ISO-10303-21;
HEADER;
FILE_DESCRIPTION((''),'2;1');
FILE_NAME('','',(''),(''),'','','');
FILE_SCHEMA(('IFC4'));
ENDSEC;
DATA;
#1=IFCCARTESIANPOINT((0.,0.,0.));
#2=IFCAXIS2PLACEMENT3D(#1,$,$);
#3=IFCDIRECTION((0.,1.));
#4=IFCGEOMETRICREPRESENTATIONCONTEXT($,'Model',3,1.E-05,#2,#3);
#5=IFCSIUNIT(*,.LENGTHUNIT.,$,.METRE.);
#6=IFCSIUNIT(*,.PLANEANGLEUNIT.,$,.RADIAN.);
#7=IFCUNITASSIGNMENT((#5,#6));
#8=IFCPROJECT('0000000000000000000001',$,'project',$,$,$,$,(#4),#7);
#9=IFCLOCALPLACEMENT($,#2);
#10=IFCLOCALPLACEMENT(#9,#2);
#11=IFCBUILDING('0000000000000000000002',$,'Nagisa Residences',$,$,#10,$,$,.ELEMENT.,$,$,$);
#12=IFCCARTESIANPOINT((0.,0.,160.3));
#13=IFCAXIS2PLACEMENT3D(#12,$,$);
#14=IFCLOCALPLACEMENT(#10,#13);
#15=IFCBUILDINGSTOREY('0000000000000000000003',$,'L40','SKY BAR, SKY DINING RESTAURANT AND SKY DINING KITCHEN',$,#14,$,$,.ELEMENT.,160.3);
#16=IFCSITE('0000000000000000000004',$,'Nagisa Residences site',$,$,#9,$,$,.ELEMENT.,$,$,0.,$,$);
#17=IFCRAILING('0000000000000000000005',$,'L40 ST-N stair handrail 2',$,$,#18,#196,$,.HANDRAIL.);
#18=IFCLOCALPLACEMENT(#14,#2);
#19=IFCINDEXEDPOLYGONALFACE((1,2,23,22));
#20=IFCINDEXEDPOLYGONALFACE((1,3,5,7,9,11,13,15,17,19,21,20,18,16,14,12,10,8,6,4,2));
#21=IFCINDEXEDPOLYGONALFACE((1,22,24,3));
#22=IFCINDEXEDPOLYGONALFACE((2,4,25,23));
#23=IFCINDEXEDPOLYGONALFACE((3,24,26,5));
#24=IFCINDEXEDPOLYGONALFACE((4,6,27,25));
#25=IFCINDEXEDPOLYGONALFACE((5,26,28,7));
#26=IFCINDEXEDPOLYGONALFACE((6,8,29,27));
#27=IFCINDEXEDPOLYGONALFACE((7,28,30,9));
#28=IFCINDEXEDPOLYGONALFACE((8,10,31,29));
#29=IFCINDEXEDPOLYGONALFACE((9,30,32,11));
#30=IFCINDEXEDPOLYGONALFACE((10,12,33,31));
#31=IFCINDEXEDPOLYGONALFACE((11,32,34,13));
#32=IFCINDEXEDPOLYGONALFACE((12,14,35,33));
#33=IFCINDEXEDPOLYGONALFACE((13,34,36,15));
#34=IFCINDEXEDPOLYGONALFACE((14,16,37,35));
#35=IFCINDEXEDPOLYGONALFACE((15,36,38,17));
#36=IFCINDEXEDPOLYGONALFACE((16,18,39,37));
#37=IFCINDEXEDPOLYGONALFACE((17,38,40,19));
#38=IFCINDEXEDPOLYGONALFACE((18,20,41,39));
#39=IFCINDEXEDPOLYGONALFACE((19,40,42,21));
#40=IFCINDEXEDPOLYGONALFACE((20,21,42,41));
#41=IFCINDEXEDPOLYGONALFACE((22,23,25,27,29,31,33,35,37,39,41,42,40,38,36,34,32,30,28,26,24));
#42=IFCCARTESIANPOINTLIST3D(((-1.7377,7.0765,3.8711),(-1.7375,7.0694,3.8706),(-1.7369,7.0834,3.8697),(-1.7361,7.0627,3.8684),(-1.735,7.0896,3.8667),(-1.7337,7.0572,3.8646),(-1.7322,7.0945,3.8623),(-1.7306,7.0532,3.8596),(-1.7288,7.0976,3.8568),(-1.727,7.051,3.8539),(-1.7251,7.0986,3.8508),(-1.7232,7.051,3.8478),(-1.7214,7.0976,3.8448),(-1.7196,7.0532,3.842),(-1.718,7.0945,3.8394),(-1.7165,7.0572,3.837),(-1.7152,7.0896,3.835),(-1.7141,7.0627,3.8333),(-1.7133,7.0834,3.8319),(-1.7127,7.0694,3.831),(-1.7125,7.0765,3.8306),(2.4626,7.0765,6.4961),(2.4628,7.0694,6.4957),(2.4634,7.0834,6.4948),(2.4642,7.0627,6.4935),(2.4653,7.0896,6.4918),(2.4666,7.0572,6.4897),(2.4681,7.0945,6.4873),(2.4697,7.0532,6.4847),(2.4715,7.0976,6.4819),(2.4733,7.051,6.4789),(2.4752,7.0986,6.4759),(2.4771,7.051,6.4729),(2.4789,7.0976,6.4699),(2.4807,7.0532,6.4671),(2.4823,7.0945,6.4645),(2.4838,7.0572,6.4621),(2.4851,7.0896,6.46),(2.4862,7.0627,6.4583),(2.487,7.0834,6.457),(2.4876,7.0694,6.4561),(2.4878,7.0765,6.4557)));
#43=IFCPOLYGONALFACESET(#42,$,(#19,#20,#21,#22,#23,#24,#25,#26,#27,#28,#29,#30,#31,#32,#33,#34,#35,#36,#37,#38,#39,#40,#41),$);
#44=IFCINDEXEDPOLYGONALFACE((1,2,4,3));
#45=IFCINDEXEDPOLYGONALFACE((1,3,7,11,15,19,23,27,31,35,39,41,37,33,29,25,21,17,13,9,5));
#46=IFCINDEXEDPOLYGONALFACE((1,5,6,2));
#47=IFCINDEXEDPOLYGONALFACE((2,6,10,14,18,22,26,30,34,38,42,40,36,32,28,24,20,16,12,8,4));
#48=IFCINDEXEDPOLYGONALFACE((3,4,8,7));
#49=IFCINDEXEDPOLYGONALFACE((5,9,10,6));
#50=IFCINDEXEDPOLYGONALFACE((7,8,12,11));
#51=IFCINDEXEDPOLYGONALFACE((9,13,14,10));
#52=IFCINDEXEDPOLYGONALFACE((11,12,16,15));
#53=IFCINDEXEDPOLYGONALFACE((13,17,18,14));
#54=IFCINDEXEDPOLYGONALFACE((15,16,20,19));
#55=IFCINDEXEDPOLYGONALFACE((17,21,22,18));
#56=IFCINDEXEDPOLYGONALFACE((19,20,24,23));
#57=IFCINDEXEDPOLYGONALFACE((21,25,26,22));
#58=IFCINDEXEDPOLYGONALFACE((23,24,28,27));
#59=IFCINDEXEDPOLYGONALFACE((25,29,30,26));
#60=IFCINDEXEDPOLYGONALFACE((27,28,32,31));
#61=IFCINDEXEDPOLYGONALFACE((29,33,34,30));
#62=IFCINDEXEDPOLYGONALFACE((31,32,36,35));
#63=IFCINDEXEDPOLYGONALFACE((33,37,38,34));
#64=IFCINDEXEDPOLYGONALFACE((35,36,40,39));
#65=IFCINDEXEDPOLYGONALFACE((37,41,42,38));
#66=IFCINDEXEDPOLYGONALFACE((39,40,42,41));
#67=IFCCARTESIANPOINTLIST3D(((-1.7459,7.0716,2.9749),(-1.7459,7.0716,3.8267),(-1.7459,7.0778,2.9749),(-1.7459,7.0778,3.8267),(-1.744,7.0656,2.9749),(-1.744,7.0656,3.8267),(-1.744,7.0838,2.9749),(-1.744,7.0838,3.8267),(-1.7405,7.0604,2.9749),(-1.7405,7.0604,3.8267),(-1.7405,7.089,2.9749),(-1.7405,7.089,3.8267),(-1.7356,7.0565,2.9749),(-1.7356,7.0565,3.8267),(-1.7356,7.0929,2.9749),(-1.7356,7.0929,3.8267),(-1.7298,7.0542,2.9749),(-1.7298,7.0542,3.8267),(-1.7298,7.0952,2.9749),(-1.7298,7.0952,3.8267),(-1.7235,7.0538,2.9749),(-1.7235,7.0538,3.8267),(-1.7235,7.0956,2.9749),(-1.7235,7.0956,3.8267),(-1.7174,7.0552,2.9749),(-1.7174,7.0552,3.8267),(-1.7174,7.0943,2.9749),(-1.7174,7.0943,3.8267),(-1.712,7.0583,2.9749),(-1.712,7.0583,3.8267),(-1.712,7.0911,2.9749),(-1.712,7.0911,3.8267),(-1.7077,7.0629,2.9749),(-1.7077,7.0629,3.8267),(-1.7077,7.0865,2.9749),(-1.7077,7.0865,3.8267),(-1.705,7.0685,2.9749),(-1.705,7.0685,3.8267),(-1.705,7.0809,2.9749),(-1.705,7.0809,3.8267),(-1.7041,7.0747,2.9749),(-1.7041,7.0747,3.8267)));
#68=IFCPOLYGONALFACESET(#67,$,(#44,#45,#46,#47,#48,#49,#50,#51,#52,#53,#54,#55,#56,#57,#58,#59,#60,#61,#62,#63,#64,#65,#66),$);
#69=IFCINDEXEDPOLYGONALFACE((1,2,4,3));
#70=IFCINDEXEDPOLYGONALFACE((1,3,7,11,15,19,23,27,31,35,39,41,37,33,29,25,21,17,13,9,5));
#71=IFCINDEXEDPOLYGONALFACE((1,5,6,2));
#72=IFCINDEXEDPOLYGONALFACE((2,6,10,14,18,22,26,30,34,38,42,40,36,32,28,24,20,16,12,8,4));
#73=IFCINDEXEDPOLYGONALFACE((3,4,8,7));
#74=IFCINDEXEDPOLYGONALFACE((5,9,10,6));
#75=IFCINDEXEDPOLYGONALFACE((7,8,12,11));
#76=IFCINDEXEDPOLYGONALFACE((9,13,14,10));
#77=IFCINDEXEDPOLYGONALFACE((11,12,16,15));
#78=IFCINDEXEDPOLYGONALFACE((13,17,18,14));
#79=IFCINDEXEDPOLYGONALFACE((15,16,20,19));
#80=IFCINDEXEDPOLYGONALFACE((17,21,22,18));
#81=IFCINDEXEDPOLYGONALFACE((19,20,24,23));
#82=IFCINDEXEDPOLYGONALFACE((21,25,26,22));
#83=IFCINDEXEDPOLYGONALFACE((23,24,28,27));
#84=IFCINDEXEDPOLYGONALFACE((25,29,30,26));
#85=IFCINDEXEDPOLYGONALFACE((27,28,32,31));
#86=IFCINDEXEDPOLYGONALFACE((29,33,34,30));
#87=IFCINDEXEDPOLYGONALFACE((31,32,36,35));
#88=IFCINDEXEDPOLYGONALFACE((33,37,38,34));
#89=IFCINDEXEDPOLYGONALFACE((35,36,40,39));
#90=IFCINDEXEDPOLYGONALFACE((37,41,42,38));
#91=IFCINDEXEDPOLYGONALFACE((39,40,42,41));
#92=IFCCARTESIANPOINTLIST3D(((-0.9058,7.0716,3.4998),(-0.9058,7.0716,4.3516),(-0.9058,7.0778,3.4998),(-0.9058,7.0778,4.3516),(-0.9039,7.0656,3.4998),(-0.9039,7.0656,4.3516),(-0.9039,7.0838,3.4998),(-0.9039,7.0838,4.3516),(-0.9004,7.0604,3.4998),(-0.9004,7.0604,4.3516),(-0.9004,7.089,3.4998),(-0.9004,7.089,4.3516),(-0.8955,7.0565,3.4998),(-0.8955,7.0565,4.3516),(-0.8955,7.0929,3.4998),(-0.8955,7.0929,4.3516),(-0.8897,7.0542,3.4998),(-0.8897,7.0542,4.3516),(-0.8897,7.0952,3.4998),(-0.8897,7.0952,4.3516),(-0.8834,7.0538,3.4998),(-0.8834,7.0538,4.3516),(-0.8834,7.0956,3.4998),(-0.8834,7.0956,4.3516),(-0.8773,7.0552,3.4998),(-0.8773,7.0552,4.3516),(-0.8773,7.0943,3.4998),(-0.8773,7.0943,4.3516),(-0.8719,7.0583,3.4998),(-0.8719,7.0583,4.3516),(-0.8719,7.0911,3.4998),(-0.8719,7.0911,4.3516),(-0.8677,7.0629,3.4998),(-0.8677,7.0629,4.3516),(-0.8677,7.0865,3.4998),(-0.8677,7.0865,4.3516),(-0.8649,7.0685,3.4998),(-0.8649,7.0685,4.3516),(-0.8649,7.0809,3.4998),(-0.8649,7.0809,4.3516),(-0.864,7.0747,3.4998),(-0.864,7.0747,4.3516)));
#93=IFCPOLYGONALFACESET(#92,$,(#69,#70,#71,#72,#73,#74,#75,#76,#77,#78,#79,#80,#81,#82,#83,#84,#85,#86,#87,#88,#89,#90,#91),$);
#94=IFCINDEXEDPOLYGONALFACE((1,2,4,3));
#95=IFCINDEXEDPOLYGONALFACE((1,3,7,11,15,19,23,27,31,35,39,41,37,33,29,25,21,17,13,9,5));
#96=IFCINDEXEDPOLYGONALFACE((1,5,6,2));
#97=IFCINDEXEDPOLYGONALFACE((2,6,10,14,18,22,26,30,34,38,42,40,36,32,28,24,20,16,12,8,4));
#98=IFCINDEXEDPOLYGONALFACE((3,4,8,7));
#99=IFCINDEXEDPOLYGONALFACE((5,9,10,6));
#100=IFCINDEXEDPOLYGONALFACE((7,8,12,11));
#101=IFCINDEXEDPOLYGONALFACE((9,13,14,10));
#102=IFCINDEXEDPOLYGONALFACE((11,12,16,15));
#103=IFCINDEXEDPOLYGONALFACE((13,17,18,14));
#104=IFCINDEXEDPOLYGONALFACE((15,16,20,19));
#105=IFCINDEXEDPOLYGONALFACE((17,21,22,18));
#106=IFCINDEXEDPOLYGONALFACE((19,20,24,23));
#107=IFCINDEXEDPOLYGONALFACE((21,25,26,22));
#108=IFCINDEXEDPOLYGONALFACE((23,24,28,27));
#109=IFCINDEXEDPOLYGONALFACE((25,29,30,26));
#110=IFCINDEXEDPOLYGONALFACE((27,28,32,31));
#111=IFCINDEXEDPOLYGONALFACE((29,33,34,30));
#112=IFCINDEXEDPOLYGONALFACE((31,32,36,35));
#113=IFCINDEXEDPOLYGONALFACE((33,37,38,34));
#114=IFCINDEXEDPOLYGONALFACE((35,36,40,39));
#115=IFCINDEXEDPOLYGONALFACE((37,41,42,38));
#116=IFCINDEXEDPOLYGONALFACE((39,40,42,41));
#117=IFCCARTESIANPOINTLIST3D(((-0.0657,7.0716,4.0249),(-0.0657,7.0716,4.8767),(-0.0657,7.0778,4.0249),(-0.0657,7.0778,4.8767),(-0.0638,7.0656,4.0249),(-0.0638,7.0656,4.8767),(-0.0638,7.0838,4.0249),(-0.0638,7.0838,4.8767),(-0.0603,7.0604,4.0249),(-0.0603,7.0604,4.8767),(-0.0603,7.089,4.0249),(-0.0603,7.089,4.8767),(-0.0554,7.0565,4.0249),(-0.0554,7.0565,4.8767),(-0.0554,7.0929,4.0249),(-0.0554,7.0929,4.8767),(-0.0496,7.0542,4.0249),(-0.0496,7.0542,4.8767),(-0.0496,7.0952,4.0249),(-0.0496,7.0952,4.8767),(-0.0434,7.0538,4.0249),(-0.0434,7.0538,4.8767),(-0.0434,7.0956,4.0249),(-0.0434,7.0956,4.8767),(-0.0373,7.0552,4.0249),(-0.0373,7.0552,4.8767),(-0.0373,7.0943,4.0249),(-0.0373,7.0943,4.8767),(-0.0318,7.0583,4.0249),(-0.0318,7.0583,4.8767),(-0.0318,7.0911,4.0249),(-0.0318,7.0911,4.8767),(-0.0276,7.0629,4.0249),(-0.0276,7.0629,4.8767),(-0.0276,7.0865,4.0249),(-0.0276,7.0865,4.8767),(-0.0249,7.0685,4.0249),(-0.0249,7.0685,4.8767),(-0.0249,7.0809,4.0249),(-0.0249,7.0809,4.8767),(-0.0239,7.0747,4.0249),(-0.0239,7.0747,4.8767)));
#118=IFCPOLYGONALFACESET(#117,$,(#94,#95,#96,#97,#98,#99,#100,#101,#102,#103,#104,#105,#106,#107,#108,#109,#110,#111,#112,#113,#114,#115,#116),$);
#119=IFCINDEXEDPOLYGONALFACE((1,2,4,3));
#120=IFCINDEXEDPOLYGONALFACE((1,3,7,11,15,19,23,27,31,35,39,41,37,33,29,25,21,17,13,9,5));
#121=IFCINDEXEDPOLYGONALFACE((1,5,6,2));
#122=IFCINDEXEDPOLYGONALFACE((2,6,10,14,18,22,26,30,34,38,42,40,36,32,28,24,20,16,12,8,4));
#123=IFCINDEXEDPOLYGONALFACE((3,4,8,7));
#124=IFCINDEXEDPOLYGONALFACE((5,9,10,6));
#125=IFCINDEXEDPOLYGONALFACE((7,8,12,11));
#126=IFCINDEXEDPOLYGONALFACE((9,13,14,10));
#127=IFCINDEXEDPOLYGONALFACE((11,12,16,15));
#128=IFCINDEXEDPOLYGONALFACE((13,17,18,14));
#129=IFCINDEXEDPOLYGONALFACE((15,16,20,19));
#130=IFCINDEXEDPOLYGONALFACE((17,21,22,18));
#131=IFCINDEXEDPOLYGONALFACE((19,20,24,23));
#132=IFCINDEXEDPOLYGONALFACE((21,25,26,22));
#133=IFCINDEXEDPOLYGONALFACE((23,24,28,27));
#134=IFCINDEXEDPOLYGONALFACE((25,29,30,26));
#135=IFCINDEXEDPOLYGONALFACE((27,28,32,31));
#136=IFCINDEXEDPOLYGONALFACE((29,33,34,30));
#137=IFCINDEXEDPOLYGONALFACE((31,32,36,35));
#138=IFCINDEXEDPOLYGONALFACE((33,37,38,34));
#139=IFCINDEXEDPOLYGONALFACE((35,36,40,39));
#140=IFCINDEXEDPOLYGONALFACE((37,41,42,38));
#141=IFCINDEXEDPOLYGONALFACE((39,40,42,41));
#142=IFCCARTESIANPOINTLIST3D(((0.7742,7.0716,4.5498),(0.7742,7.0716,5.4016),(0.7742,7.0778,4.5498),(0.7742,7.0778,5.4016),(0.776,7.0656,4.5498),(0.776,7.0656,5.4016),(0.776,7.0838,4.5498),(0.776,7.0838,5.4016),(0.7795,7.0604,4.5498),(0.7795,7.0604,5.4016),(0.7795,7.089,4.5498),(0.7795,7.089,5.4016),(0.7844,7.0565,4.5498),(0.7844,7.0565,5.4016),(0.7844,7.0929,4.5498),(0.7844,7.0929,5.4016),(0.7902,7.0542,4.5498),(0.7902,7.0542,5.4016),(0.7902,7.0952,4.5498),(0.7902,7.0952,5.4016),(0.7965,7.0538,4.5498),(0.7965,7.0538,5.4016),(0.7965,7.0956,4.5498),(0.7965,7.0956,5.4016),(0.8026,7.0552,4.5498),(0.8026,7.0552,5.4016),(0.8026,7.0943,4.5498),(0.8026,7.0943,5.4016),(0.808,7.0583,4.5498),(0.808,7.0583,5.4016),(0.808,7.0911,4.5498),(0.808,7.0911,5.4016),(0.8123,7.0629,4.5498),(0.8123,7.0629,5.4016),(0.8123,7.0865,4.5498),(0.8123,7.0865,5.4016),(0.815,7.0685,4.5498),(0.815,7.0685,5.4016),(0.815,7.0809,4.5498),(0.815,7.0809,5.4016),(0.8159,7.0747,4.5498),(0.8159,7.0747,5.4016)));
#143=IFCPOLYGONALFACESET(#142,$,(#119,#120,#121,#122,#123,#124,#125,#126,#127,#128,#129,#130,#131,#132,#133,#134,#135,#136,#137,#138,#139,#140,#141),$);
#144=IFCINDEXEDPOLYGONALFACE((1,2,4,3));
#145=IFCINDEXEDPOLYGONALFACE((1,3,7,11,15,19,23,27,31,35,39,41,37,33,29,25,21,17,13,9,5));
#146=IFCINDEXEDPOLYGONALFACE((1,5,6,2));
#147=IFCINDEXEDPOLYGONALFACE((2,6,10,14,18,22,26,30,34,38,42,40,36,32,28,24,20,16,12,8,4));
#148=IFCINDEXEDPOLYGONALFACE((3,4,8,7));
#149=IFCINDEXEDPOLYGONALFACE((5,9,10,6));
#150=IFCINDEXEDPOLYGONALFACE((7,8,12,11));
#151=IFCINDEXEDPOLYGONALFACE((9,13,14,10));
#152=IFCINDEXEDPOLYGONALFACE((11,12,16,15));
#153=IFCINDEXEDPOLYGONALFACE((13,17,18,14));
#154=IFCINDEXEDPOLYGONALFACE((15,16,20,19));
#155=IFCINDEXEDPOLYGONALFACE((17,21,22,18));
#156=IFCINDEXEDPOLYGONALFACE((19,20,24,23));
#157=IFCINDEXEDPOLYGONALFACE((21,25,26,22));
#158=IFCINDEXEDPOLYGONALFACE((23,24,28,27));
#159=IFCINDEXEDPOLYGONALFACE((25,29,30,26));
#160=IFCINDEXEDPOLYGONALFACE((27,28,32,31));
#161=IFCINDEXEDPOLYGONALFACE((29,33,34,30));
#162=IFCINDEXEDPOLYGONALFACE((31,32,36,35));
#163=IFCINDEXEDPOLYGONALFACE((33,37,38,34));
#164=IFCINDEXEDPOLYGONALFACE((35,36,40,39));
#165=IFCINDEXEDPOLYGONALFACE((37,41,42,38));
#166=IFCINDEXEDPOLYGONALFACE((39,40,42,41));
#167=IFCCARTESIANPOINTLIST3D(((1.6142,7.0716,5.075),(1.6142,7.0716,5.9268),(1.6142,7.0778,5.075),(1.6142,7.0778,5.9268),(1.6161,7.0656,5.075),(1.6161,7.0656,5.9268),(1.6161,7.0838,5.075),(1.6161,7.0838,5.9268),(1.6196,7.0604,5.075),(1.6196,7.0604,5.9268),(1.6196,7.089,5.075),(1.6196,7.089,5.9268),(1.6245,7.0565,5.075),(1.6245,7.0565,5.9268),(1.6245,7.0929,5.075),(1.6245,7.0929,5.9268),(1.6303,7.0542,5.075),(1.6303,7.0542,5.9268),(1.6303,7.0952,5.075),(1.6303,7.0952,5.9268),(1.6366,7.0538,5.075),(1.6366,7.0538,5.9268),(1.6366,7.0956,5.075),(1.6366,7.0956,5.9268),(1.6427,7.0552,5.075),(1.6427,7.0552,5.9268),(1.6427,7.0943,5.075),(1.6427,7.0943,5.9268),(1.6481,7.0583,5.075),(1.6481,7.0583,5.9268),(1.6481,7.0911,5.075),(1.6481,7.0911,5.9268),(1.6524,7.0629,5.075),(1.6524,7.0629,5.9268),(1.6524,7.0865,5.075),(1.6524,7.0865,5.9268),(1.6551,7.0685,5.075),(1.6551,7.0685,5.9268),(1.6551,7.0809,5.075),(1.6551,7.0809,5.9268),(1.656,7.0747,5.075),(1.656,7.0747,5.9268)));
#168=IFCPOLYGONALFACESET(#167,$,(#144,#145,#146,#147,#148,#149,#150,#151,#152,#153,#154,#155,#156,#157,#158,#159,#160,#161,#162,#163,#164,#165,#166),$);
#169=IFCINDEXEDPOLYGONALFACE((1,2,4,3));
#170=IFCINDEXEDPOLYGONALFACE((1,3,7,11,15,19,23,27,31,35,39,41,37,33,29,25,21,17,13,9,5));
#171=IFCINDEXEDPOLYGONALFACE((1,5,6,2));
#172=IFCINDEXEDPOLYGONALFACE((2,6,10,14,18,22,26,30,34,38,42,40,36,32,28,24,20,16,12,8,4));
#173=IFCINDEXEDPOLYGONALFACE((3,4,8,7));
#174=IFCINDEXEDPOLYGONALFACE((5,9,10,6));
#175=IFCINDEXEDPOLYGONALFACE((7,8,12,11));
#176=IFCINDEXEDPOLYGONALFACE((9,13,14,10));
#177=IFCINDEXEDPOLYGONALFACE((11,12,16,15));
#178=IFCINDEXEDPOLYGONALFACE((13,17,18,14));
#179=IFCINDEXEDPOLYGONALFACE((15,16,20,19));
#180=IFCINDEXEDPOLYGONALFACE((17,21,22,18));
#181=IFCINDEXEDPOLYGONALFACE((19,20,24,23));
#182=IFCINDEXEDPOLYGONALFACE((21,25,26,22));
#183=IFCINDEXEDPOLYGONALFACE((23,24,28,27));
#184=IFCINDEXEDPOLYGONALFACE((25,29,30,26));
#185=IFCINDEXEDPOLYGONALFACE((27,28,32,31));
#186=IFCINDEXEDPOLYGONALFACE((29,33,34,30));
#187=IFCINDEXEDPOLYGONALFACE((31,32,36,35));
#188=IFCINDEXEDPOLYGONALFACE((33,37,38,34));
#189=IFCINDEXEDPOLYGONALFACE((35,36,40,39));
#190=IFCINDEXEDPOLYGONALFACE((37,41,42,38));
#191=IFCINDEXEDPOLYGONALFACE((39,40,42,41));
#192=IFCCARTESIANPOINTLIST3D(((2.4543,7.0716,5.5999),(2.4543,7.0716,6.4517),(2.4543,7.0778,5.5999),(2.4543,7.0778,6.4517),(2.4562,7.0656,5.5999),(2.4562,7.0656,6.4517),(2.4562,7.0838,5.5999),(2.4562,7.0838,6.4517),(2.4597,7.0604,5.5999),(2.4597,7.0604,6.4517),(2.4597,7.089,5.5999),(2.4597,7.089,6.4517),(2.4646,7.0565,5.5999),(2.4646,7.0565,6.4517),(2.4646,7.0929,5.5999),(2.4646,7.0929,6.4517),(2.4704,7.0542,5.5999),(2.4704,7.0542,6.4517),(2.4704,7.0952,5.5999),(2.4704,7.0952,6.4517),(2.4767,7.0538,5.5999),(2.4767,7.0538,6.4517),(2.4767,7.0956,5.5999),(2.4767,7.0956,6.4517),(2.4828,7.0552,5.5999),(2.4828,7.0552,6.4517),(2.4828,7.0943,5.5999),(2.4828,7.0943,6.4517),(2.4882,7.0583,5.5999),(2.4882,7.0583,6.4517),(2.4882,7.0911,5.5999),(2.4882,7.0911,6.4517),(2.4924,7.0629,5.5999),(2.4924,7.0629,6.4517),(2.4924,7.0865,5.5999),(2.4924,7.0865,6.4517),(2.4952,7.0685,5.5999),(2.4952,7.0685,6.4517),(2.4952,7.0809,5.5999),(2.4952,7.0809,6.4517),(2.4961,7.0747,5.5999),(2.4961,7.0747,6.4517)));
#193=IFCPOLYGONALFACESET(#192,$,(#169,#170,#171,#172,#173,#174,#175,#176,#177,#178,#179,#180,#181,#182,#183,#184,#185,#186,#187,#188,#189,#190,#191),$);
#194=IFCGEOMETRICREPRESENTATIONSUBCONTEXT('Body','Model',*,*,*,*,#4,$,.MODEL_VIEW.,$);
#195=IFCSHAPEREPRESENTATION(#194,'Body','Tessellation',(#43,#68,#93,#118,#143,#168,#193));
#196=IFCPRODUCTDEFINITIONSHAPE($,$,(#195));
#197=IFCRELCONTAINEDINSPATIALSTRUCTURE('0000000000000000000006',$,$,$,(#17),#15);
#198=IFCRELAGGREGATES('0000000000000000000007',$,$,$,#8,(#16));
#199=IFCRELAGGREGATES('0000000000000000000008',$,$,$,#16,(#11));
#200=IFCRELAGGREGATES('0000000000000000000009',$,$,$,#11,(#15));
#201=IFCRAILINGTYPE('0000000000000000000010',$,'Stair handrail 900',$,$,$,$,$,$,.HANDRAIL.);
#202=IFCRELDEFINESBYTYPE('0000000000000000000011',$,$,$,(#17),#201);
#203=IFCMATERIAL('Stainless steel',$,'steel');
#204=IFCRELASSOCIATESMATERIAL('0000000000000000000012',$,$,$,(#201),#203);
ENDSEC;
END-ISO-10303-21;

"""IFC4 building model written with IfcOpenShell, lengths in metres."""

from ifc_helpers import new_model, si_unit, direction, frame, origin, origin_2d, place, context, subcontext, project, spatial, circle, extrude, material, type_object, element, save


model = new_model("IFC4")

# Units and contexts
model_context = context("Model", 3, precision=1e-05, world=origin(), true_north=direction((0.0, 1.0)))
body_context = subcontext(model_context, "Body", "Model", "MODEL_VIEW")
ifc_project = project(units=[si_unit("LENGTHUNIT", "METRE"), si_unit("PLANEANGLEUNIT", "RADIAN")], contexts=[model_context])

# Site, building, storey
site_placement = place(None, origin())
site = spatial("IfcSite", under=ifc_project, at=site_placement, Name="Nagisa Residences site", CompositionType="ELEMENT", RefElevation=0.0)
building_placement = place(site_placement, origin())
building = spatial("IfcBuilding", under=site, at=building_placement, Name="Nagisa Residences", CompositionType="ELEMENT")
storey_placement = place(building_placement, frame((0.0, 0.0, 160.3)))
storey = spatial("IfcBuildingStorey", under=building, at=storey_placement, Name="L40", Description="SKY BAR, SKY DINING RESTAURANT AND SKY DINING KITCHEN", CompositionType="ELEMENT", Elevation=160.3)

# Railing
ifc_material_1 = material(Name="Stainless steel", Category="steel")
railing_type = type_object("IfcRailingType", Name="Stair handrail 900", PredefinedType="HANDRAIL", material=ifc_material_1)
railing_placement = place(storey_placement, frame((-1.7251, 7.0747, 2.9749)))
element("IfcRailing", 1, at=railing_placement, inside=storey, type_object=railing_type, Name="L40 ST-N stair handrail 2", PredefinedType="HANDRAIL", context=body_context, shape_type="SweptSolid", body=[
    extrude(circle(Radius=0.0239, at=origin_2d()), frame((0.0, 0.0, 0.876), z_axis=(0.848009, 0.0, 0.529981), x_axis=(0.0, 1.0, 0.0)), (0.0, 0.0, 1.0), 4.9531),
    extrude(circle(Radius=0.021, at=origin_2d()), origin(), (0.0, 0.0, 1.0), 0.8518),
    extrude(circle(Radius=0.021, at=origin_2d()), frame((0.8401, 0.0, 0.5249)), (0.0, 0.0, 1.0), 0.8518),
    extrude(circle(Radius=0.021, at=origin_2d()), frame((1.6802, 0.0, 1.05)), (0.0, 0.0, 1.0), 0.8518),
    extrude(circle(Radius=0.021, at=origin_2d()), frame((2.52, 0.0, 1.575)), (0.0, 0.0, 1.0), 0.8518),
    extrude(circle(Radius=0.021, at=origin_2d()), frame((3.3601, 0.0, 2.1001)), (0.0, 0.0, 1.0), 0.8518),
    extrude(circle(Radius=0.021, at=origin_2d()), frame((4.2002, 0.0, 2.625)), (0.0, 0.0, 1.0), 0.8518),
])

save(model, "model.ifc")
